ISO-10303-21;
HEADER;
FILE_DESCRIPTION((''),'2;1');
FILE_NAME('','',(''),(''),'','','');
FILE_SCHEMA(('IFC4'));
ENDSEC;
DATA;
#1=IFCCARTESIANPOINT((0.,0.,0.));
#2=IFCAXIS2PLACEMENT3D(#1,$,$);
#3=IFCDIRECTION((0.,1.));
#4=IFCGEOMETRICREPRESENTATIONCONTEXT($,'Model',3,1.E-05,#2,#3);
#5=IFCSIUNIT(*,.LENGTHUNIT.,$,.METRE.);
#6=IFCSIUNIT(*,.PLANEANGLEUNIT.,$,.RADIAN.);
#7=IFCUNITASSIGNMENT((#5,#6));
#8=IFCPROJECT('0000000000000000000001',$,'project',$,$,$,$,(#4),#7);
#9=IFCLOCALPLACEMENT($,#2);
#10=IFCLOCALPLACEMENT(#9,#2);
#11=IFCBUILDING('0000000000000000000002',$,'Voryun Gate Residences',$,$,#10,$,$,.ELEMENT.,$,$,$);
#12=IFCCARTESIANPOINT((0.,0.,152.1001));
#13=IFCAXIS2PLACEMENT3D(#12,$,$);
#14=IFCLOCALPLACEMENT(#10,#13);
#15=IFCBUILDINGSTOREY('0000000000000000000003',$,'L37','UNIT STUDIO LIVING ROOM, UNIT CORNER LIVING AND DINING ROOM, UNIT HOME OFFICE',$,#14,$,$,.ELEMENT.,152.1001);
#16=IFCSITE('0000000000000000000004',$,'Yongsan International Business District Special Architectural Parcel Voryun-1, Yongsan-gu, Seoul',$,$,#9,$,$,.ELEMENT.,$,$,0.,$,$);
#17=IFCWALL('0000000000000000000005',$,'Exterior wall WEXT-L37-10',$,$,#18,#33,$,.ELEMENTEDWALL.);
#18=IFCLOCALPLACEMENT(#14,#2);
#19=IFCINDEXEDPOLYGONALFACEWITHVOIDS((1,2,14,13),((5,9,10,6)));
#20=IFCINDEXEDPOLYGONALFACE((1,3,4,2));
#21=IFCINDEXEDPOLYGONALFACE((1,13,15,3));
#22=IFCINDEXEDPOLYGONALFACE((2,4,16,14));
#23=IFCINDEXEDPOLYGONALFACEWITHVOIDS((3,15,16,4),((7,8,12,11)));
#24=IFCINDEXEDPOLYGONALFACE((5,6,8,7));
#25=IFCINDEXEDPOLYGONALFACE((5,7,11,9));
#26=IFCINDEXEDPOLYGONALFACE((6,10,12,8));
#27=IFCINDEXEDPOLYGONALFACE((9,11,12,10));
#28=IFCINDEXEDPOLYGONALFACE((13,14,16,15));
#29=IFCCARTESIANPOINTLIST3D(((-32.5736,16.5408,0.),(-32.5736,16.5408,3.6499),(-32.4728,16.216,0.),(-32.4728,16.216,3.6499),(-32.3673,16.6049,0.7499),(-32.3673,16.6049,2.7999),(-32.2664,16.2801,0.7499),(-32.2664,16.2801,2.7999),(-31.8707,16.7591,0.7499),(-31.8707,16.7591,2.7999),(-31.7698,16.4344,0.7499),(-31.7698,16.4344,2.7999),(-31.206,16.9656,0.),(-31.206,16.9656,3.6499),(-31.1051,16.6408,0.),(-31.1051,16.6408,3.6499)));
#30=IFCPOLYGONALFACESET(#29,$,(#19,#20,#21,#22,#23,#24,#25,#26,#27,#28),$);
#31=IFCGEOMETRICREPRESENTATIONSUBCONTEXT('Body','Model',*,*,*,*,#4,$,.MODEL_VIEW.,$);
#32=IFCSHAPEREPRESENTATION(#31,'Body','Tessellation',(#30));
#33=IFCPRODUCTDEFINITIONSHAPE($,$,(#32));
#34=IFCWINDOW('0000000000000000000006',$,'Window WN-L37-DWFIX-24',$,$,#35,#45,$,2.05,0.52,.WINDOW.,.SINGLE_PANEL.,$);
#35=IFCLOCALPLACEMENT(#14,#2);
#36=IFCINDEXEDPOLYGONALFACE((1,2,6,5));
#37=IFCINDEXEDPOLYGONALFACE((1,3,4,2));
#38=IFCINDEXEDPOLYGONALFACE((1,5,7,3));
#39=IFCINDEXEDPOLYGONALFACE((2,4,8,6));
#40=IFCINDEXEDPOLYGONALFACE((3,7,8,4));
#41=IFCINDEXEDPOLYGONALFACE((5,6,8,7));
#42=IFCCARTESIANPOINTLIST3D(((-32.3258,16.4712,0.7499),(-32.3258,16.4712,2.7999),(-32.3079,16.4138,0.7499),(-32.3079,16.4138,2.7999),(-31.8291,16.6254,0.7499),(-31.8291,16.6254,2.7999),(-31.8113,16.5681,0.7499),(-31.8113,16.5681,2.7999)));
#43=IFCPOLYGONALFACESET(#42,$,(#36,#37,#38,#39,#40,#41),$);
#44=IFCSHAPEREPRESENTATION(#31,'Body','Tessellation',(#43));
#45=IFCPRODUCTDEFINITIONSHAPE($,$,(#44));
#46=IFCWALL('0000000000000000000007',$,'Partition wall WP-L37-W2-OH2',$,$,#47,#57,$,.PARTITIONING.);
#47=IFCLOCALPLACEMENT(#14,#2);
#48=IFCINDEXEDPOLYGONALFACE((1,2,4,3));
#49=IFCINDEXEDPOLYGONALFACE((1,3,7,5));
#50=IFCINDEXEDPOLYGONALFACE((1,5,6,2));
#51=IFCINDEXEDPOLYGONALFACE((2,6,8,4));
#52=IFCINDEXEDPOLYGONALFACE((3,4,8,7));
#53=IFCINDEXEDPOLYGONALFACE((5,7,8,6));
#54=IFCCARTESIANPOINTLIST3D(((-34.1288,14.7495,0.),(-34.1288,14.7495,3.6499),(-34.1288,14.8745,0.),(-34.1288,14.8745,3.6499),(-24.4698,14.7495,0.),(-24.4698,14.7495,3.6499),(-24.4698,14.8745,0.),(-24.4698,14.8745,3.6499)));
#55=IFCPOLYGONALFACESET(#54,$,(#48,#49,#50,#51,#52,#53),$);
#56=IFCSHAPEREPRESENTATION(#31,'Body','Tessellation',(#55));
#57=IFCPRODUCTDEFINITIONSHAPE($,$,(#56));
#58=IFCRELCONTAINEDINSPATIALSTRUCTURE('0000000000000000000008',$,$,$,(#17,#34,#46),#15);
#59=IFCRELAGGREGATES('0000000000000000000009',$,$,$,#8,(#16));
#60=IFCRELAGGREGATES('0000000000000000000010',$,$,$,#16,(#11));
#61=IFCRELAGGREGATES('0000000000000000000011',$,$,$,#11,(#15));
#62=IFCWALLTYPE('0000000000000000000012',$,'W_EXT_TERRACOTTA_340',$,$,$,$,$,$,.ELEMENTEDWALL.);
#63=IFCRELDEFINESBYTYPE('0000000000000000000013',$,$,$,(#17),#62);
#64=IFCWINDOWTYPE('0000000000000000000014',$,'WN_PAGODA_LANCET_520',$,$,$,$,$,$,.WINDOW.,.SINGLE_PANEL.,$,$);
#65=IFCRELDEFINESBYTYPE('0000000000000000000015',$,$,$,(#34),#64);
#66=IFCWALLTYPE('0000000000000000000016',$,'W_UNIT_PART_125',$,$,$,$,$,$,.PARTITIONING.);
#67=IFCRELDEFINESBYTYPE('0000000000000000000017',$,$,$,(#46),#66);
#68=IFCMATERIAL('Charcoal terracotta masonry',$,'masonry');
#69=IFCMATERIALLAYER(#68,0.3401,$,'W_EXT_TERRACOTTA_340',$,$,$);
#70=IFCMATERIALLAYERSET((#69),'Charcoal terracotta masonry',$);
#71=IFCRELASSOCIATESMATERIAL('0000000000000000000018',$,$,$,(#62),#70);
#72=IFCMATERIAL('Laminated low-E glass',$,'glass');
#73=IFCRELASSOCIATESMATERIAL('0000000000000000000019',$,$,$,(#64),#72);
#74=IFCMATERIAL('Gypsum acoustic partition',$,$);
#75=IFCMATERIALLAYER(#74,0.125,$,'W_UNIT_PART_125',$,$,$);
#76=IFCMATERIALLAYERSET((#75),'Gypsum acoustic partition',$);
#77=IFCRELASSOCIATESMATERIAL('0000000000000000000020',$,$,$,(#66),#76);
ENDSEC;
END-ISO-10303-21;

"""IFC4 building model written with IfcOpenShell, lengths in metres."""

from ifc_helpers import new_model, si_unit, direction, frame, frame_2d, origin, place, context, subcontext, project, spatial, rectangle, extrude, material, layer, layer_set, type_object, element, fill, save


model = new_model("IFC4")

# Units and contexts
model_context = context("Model", 3, precision=1e-05, world=origin(), true_north=direction((0.0, 1.0)))
body_context = subcontext(model_context, "Body", "Model", "MODEL_VIEW")
ifc_project = project(units=[si_unit("LENGTHUNIT", "METRE"), si_unit("PLANEANGLEUNIT", "RADIAN")], contexts=[model_context])

# Site, building, storey
site_placement = place(None, origin())
site = spatial("IfcSite", under=ifc_project, at=site_placement, Name="Yongsan International Business District Special Architectural Parcel Voryun-1, Yongsan-gu, Seoul", CompositionType="ELEMENT", RefElevation=0.0)
building_placement = place(site_placement, origin())
building = spatial("IfcBuilding", under=site, at=building_placement, Name="Voryun Gate Residences", CompositionType="ELEMENT")
storey_placement = place(building_placement, frame((0.0, 0.0, 152.1001)))
storey = spatial("IfcBuildingStorey", under=building, at=storey_placement, Name="L37", Description="UNIT STUDIO LIVING ROOM, UNIT CORNER LIVING AND DINING ROOM, UNIT HOME OFFICE", CompositionType="ELEMENT", Elevation=152.1001)

# Shared definitions
ifc_material_1 = material(Name="Charcoal terracotta masonry", Category="masonry")
ifc_layer_1 = layer(ifc_material_1, 0.3401, Name="W_EXT_TERRACOTTA_340")
ifc_layer_set_1 = layer_set([ifc_layer_1], Name="Charcoal terracotta masonry")
wall_type_1 = type_object("IfcWallType", Name="W_EXT_TERRACOTTA_340", PredefinedType="ELEMENTEDWALL", material=ifc_layer_set_1)

# Wall, opening, window
wall_1_placement = place(storey_placement, frame((-32.5232, 16.3784, 0.0), z_axis=(0.0, 0.0, 1.0), x_axis=(0.954994, 0.296624, 0.0)))
wall_1 = element("IfcWall", 1, at=wall_1_placement, inside=storey, type_object=wall_type_1, Name="Exterior wall WEXT-L37-10", PredefinedType="ELEMENTEDWALL", context=body_context, shape_type="SweptSolid", body=[
    extrude(rectangle(XDim=1.4321, YDim=0.3401, at=frame_2d((0.7161, 0.0))), origin(), (0.0, 0.0, 1.0), 3.6499),
])
opening_1_placement = place(wall_1_placement, frame((0.2161, 0.0, 0.75)))
opening_1 = element("IfcOpeningElement", 2, at=opening_1_placement, cuts=wall_1, PredefinedType="OPENING", context=body_context, shape_type="SweptSolid", body=[
    extrude(rectangle(XDim=0.52, YDim=2.05, at=frame_2d((0.26, 1.0249))), frame((0.0, 0.1799, 0.0), z_axis=(0.0, -1.0, 0.0), x_axis=(1.0, 0.0, 0.0)), (0.0, 0.0, 1.0), 0.3601),
])
ifc_material_2 = material(Name="Laminated low-E glass", Category="glass")
window_type_1 = type_object("IfcWindowType", Name="WN_PAGODA_LANCET_520", PartitioningType="SINGLE_PANEL", PredefinedType="WINDOW", material=ifc_material_2)
window_1_placement = place(opening_1_placement, origin())
window_1 = element("IfcWindow", 3, at=window_1_placement, inside=storey, type_object=window_type_1, Name="Window WN-L37-DWFIX-24", OverallHeight=2.05, OverallWidth=0.52, PartitioningType="SINGLE_PANEL", PredefinedType="WINDOW", context=body_context, shape_type="SweptSolid", body=[
    extrude(rectangle(XDim=0.52, YDim=2.05, at=frame_2d((0.26, 1.0249))), frame((0.0, 0.03, 0.0), z_axis=(0.0, -1.0, 0.0), x_axis=(1.0, 0.0, 0.0)), (0.0, 0.0, 1.0), 0.0601),
])
fill(opening_1, window_1)

# Wall
ifc_material_3 = material(Name="Gypsum acoustic partition")
ifc_layer_2 = layer(ifc_material_3, 0.125, Name="W_UNIT_PART_125")
ifc_layer_set_2 = layer_set([ifc_layer_2], Name="Gypsum acoustic partition")
wall_type_2 = type_object("IfcWallType", Name="W_UNIT_PART_125", PredefinedType="PARTITIONING", material=ifc_layer_set_2)
wall_2_placement = place(storey_placement, frame((-34.1289, 14.812, 0.0), z_axis=(0.0, 0.0, 1.0), x_axis=(1.0, 0.0, 0.0)))
element("IfcWall", 4, at=wall_2_placement, inside=storey, type_object=wall_type_2, Name="Partition wall WP-L37-W2-OH2", PredefinedType="PARTITIONING", context=body_context, shape_type="SweptSolid", body=[
    extrude(rectangle(XDim=9.6589, YDim=0.125, at=frame_2d((4.8296, 0.0))), origin(), (0.0, 0.0, 1.0), 3.6499),
])

save(model, "model.ifc")
